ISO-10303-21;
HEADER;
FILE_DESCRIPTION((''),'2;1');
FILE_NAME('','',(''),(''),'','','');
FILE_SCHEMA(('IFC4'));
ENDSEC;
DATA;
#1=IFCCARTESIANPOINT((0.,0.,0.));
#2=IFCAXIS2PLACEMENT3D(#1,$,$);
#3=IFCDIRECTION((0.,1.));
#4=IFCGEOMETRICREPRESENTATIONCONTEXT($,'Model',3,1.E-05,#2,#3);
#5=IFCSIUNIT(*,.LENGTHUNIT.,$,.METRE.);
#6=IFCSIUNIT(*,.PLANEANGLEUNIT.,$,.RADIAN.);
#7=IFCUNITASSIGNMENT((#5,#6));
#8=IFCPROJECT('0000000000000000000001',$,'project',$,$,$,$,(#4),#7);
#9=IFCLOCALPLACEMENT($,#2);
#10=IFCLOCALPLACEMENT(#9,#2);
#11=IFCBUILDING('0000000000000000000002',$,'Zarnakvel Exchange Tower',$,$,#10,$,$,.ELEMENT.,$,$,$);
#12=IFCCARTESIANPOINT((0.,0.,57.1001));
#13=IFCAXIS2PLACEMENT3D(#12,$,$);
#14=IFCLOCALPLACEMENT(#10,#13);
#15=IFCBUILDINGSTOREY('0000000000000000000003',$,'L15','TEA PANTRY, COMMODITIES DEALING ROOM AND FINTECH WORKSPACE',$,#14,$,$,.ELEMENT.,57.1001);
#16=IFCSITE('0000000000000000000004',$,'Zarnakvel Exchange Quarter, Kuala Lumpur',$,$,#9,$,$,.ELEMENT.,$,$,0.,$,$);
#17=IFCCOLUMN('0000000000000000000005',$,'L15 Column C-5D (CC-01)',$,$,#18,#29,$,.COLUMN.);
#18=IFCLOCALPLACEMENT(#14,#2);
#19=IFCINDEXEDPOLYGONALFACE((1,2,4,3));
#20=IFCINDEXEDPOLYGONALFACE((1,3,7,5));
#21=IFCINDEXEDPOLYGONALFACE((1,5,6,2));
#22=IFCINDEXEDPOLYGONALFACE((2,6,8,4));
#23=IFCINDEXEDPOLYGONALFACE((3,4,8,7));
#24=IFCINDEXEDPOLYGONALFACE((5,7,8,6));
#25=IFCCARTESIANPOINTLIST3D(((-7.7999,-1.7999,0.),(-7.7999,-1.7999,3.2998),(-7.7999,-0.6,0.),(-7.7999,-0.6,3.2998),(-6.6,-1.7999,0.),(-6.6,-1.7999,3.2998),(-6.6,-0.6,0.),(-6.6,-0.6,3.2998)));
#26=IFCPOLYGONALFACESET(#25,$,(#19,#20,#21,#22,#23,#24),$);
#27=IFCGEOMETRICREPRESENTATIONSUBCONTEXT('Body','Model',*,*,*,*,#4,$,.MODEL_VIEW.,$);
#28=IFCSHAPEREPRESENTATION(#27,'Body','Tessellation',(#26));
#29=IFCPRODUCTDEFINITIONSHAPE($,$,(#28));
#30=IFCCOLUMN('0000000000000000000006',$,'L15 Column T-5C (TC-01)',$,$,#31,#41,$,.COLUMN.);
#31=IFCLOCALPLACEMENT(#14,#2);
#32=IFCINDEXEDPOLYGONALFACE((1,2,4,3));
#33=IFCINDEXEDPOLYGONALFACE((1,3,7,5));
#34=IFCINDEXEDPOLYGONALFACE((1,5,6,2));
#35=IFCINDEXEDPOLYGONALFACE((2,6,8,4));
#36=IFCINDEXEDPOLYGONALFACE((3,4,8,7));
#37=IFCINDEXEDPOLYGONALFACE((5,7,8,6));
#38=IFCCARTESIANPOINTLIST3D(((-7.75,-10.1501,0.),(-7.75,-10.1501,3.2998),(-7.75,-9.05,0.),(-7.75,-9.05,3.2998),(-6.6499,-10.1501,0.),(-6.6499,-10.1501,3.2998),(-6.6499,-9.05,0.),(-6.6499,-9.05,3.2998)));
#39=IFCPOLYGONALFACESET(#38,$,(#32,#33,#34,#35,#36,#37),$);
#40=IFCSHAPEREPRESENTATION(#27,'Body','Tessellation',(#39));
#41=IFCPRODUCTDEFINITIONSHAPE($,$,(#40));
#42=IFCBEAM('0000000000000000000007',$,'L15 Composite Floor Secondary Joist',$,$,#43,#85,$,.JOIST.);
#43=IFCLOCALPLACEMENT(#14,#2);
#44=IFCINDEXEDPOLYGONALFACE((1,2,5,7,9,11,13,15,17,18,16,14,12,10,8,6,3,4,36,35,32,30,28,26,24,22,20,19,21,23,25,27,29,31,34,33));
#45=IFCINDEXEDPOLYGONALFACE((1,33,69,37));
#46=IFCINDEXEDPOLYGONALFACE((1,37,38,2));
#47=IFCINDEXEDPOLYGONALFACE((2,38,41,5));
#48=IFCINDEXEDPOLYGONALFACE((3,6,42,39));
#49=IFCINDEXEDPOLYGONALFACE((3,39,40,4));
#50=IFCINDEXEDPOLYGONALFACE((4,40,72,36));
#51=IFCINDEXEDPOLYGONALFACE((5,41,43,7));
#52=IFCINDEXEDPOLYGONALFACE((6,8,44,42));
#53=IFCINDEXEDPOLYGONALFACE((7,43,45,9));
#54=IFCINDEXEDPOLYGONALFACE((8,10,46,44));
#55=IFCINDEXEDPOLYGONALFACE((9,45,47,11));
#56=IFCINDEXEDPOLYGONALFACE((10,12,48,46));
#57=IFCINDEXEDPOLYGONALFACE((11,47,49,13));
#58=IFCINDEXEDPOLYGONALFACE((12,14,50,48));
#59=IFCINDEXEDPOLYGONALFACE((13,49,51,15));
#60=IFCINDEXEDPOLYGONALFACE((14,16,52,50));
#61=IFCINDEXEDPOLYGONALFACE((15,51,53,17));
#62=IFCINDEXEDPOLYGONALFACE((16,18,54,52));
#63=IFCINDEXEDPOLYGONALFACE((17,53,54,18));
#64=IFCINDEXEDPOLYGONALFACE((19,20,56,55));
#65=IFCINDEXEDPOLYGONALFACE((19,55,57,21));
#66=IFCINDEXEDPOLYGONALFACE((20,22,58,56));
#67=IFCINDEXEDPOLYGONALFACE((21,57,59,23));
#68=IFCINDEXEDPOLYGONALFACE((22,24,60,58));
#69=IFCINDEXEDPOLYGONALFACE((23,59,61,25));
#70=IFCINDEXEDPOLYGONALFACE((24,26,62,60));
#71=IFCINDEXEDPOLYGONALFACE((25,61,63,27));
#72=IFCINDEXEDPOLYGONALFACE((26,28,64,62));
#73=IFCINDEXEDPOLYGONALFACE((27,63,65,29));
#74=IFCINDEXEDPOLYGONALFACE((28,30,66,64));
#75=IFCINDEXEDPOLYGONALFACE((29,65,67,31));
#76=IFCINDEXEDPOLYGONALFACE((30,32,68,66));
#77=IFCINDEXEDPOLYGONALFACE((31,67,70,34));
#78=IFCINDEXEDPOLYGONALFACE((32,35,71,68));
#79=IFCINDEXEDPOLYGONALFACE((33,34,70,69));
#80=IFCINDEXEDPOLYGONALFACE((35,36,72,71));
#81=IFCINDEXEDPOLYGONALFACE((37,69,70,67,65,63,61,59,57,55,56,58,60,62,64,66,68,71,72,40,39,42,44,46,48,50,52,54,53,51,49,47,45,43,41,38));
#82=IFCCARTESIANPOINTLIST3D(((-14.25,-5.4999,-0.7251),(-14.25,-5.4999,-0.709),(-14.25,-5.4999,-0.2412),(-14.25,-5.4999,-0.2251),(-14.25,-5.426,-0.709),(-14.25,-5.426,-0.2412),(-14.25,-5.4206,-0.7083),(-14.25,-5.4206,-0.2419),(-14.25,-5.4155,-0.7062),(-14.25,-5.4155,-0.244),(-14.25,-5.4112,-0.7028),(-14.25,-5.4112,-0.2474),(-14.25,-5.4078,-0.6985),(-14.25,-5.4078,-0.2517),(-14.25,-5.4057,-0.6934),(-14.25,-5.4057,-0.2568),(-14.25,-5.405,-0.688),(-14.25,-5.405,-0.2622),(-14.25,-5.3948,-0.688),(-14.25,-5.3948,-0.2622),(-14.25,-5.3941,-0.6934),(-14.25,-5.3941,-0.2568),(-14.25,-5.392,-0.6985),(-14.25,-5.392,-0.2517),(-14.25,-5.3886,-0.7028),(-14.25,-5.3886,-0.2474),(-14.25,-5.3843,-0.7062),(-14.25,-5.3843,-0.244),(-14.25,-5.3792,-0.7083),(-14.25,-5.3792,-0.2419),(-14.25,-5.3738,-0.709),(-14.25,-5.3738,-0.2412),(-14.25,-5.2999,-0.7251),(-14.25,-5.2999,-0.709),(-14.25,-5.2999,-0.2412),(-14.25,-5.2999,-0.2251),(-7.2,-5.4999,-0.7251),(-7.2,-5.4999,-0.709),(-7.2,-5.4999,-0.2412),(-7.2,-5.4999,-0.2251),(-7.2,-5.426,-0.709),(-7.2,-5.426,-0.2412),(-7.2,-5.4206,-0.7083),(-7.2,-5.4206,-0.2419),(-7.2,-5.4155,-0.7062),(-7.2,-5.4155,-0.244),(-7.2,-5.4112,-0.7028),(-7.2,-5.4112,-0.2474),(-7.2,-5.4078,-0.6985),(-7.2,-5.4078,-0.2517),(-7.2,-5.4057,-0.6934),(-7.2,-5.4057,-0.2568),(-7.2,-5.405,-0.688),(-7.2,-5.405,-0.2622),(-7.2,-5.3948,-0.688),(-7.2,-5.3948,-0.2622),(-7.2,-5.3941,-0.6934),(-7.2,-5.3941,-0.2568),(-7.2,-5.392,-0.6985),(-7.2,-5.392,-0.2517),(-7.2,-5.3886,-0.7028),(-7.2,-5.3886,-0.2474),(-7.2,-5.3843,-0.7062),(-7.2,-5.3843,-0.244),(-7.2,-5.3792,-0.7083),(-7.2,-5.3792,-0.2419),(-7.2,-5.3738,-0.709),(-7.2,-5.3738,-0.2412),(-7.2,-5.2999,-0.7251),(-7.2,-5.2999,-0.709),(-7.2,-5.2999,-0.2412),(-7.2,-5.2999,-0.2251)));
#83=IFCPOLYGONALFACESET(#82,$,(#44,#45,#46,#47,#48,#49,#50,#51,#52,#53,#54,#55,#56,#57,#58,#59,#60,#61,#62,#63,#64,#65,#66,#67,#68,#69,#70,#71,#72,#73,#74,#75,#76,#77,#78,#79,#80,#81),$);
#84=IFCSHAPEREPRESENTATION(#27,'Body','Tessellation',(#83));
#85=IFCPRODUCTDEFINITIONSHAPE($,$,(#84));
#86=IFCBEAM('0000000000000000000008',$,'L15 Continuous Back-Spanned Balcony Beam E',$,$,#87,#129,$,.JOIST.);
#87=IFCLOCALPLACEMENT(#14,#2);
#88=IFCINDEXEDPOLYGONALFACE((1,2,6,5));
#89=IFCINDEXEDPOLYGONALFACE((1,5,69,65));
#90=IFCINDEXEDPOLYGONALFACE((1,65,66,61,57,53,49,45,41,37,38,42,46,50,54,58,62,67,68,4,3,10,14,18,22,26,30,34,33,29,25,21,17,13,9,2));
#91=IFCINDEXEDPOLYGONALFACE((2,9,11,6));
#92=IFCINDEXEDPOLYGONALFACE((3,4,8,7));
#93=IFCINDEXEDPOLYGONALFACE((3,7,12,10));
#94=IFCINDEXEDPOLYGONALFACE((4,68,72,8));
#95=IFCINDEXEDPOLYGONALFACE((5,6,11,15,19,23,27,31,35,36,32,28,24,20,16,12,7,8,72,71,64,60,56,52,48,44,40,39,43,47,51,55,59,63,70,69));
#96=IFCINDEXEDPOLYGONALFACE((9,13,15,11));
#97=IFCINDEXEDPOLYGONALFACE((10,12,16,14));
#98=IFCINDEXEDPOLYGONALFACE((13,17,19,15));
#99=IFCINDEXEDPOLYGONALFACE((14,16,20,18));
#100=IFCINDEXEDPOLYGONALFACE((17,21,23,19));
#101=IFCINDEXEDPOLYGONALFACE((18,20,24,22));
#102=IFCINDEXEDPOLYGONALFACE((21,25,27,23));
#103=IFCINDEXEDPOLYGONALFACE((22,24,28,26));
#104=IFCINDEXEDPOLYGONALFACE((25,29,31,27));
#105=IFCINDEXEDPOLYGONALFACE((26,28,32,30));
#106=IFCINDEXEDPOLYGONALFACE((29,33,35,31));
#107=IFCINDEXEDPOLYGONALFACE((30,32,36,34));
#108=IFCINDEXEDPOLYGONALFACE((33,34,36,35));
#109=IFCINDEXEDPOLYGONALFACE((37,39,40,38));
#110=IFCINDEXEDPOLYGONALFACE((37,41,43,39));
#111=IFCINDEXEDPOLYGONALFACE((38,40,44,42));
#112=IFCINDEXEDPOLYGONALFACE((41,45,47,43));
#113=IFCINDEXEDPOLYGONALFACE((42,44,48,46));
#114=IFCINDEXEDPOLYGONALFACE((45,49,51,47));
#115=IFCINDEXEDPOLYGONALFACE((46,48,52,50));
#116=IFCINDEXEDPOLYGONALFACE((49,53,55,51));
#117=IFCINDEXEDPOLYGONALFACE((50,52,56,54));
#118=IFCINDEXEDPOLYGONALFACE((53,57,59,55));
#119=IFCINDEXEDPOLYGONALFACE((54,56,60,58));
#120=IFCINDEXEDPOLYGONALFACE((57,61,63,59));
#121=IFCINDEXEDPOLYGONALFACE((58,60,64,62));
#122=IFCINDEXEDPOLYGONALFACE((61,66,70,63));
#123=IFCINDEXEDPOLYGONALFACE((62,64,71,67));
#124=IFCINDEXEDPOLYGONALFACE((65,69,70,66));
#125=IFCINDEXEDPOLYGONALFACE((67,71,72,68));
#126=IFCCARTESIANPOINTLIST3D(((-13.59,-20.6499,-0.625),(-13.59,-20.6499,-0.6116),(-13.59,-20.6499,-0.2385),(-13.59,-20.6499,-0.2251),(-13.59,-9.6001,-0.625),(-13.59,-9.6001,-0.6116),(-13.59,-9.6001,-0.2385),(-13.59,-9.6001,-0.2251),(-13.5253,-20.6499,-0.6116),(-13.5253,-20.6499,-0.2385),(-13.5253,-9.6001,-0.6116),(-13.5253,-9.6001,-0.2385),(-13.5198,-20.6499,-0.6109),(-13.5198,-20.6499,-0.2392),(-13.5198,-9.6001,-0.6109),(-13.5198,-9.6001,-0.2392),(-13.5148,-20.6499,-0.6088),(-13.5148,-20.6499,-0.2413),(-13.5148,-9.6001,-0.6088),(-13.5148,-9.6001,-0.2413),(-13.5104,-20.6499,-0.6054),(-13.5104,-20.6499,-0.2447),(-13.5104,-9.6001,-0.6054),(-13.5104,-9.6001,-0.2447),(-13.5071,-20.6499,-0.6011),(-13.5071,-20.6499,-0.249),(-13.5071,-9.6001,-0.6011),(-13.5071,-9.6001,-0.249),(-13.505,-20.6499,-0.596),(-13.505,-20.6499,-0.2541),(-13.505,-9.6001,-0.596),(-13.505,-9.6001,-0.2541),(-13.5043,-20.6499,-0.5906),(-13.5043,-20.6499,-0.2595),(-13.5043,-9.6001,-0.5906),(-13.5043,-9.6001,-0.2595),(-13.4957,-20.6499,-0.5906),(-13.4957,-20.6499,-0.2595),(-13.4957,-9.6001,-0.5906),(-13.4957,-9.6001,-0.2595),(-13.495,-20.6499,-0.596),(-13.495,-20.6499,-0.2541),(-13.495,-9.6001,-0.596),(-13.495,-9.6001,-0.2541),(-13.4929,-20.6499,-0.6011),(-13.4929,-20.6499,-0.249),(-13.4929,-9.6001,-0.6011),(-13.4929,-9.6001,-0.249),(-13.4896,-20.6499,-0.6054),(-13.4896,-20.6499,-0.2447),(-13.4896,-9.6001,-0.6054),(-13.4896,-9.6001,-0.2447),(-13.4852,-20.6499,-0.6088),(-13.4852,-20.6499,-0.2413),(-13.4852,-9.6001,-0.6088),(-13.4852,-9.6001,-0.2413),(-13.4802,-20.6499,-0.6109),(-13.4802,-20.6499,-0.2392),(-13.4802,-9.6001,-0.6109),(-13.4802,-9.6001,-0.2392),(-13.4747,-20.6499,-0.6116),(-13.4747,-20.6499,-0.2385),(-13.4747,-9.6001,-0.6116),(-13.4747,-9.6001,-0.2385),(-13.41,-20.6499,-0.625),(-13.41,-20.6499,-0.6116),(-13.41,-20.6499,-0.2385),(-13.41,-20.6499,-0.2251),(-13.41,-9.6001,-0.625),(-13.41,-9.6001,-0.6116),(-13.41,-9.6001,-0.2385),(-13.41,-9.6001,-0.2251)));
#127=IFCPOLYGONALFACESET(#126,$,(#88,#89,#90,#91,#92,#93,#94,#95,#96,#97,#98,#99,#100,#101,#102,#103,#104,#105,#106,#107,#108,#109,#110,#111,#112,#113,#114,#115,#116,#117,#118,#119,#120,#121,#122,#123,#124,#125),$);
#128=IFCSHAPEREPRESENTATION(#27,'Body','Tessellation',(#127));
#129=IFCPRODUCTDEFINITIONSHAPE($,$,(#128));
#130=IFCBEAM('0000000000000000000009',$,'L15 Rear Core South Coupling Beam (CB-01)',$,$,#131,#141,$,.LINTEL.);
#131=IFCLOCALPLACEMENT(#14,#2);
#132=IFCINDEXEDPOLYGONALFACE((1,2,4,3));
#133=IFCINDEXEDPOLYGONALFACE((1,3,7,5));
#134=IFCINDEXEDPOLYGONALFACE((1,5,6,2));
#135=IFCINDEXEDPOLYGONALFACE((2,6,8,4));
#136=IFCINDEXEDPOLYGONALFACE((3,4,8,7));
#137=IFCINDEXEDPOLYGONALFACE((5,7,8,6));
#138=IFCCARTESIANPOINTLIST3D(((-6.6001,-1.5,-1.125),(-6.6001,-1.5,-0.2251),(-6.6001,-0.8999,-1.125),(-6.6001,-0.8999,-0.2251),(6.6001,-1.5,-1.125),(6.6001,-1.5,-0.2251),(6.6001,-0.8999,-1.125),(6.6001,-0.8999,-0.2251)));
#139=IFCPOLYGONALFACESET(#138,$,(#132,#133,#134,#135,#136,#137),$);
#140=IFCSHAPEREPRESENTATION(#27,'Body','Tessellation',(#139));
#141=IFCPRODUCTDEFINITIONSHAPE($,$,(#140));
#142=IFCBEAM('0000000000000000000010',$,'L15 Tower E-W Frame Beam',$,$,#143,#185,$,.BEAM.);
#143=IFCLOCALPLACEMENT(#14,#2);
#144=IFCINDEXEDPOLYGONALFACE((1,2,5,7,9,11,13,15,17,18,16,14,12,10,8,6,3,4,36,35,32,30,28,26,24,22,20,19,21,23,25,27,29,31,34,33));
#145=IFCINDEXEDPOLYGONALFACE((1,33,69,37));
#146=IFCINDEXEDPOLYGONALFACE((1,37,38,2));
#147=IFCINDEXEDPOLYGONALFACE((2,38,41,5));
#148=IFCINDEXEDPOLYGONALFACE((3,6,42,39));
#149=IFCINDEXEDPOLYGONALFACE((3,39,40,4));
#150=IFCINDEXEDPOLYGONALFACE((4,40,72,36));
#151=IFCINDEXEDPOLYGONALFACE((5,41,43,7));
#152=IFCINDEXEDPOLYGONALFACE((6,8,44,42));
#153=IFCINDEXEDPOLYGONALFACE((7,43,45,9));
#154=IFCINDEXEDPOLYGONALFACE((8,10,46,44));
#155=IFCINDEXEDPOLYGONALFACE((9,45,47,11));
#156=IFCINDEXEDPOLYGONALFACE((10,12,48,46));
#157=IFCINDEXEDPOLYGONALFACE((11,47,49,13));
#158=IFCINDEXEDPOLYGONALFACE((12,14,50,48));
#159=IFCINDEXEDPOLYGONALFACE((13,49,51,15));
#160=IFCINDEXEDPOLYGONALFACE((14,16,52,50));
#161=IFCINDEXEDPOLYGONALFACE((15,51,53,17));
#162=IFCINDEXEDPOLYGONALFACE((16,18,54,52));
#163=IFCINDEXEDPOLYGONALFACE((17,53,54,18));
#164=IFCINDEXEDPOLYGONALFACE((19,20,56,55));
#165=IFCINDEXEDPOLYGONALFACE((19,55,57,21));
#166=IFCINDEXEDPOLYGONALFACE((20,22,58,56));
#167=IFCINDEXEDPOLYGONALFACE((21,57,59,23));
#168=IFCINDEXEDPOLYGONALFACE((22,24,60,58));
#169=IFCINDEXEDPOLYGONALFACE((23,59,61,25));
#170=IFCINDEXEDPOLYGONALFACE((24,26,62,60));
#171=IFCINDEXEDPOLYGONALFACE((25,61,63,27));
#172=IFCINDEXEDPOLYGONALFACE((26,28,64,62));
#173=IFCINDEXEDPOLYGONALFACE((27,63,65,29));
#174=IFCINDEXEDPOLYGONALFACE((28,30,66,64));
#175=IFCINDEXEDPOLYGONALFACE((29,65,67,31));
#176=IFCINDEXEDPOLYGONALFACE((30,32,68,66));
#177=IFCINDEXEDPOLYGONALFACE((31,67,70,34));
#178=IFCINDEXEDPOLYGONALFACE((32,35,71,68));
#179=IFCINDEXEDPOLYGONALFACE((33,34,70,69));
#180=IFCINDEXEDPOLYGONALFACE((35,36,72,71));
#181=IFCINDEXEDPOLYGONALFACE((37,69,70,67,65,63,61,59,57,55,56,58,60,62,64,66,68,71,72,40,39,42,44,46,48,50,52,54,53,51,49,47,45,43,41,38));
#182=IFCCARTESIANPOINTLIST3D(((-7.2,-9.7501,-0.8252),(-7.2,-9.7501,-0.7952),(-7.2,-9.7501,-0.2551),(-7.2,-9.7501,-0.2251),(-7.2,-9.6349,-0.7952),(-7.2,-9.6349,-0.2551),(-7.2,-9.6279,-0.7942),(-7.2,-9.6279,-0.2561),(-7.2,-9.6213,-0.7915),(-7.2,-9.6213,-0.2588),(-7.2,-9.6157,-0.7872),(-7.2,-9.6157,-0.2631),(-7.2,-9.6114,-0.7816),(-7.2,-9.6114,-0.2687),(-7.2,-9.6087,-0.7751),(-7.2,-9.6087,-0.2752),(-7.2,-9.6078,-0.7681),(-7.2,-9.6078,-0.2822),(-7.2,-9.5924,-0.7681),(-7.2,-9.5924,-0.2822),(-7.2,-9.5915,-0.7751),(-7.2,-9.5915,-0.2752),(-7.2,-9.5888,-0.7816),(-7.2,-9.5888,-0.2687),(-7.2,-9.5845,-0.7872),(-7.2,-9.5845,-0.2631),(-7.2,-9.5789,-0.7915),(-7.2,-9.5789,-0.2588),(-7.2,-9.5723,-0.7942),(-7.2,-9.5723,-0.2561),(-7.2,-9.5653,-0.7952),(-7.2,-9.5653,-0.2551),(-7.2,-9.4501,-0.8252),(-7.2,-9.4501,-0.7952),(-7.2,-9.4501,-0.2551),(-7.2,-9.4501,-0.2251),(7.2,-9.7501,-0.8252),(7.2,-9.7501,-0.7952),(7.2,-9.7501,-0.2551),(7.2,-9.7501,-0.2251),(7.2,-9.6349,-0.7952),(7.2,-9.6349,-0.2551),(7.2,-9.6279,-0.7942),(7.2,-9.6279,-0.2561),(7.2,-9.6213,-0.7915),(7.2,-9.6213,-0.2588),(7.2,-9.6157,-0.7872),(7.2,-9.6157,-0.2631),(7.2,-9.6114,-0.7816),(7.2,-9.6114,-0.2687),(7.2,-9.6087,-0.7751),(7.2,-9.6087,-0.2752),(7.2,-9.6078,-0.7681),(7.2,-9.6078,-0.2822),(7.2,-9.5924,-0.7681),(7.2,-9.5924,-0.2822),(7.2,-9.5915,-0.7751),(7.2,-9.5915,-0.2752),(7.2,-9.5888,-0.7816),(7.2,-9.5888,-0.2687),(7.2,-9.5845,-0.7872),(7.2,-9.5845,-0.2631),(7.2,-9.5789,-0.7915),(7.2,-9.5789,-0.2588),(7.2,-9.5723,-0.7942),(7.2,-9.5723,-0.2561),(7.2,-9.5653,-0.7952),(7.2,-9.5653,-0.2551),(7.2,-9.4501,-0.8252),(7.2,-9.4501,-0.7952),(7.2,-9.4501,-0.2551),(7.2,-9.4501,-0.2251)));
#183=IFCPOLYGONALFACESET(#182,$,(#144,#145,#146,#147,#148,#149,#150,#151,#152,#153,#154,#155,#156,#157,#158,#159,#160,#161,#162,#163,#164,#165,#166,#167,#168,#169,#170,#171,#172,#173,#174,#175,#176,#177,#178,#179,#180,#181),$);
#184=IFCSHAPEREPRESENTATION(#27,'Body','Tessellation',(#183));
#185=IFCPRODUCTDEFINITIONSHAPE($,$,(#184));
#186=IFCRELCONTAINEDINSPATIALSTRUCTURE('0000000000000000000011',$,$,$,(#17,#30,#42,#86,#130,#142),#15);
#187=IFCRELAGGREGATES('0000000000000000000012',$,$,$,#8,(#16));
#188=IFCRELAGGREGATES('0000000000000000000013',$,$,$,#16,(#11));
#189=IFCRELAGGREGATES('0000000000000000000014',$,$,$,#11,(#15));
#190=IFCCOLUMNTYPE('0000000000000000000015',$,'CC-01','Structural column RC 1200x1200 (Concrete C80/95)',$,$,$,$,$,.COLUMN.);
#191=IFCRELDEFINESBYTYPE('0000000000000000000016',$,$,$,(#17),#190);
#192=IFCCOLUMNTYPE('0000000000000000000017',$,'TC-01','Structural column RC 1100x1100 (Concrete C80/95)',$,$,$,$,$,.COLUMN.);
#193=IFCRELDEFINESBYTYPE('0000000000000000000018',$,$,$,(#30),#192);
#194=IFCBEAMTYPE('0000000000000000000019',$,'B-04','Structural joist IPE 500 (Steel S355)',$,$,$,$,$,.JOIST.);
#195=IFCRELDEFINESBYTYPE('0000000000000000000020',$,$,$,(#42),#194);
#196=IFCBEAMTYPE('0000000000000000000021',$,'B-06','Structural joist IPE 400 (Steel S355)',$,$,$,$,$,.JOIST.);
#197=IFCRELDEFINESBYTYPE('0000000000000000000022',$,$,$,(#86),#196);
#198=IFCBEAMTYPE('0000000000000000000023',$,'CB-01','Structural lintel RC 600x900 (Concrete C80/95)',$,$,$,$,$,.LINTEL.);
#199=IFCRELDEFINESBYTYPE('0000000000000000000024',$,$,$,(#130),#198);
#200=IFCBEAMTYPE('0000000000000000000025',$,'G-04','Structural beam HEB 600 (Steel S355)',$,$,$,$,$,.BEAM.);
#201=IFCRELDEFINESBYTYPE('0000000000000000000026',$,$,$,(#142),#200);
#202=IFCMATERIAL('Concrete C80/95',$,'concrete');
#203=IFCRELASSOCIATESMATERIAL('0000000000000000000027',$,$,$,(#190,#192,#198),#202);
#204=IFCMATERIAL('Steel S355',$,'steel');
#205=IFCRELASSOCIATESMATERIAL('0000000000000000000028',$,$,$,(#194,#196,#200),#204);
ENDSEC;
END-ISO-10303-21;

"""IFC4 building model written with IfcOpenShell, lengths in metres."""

from ifc_helpers import new_model, si_unit, direction, frame, origin, origin_2d, place, context, subcontext, project, spatial, rectangle, i_section, extrude, material, material_profile, profile_set, type_object, element, save


model = new_model("IFC4")

# Units and contexts
model_context = context("Model", 3, precision=1e-05, world=origin(), true_north=direction((0.0, 1.0)))
body_context = subcontext(model_context, "Body", "Model", "MODEL_VIEW")
ifc_project = project(units=[si_unit("LENGTHUNIT", "METRE"), si_unit("PLANEANGLEUNIT", "RADIAN")], contexts=[model_context])

# Site, building, storey
site_placement = place(None, origin())
site = spatial("IfcSite", under=ifc_project, at=site_placement, Name="Zarnakvel Exchange Quarter, Kuala Lumpur", CompositionType="ELEMENT", RefElevation=0.0)
building_placement = place(site_placement, origin())
building = spatial("IfcBuilding", under=site, at=building_placement, Name="Zarnakvel Exchange Tower", CompositionType="ELEMENT")
storey_placement = place(building_placement, frame((0.0, 0.0, 57.1001)))
storey = spatial("IfcBuildingStorey", under=building, at=storey_placement, Name="L15", Description="TEA PANTRY, COMMODITIES DEALING ROOM AND FINTECH WORKSPACE", CompositionType="ELEMENT", Elevation=57.1001)

# Columns
ifc_material_1 = material(Name="Concrete C80/95", Category="concrete")
ifc_material_profile_1 = material_profile(ifc_material_1, rectangle(XDim=1.2, YDim=1.2, at=origin_2d()))
ifc_profile_set_1 = profile_set([ifc_material_profile_1], Name="Concrete C80/95")
column_type_1 = type_object("IfcColumnType", Name="CC-01", Description="Structural column RC 1200x1200 (Concrete C80/95)", PredefinedType="COLUMN", material=ifc_profile_set_1)
column_1_placement = place(storey_placement, frame((-7.2, -1.2, 0.0), z_axis=(0.0, 0.0, 1.0), x_axis=(1.0, 0.0, 0.0)))
element("IfcColumn", 1, at=column_1_placement, inside=storey, type_object=column_type_1, Name="L15 Column C-5D (CC-01)", PredefinedType="COLUMN", context=body_context, shape_type="SweptSolid", body=[
    extrude(rectangle(XDim=1.2, YDim=1.2, at=origin_2d()), origin(), (0.0, 0.0, 1.0), 3.2998),
])
ifc_material_profile_2 = material_profile(ifc_material_1, rectangle(XDim=1.1001, YDim=1.1001, at=origin_2d()))
ifc_profile_set_2 = profile_set([ifc_material_profile_2], Name="Concrete C80/95")
column_type_2 = type_object("IfcColumnType", Name="TC-01", Description="Structural column RC 1100x1100 (Concrete C80/95)", PredefinedType="COLUMN", material=ifc_profile_set_2)
column_2_placement = place(storey_placement, frame((-7.2, -9.6001, 0.0), z_axis=(0.0, 0.0, 1.0), x_axis=(1.0, 0.0, 0.0)))
element("IfcColumn", 2, at=column_2_placement, inside=storey, type_object=column_type_2, Name="L15 Column T-5C (TC-01)", PredefinedType="COLUMN", context=body_context, shape_type="SweptSolid", body=[
    extrude(rectangle(XDim=1.1001, YDim=1.1001, at=origin_2d()), origin(), (0.0, 0.0, 1.0), 3.2998),
])

# Beams
ifc_material_2 = material(Name="Steel S355", Category="steel")
ifc_material_profile_3 = material_profile(ifc_material_2, i_section(OverallWidth=0.2, OverallDepth=0.5, WebThickness=0.0103, FlangeThickness=0.0161, FilletRadius=0.021, at=origin_2d()))
ifc_profile_set_3 = profile_set([ifc_material_profile_3], Name="Steel S355")
beam_type_1 = type_object("IfcBeamType", Name="B-04", Description="Structural joist IPE 500 (Steel S355)", PredefinedType="JOIST", material=ifc_profile_set_3)
beam_1_placement = place(storey_placement, frame((-14.25, -5.3999, -0.4751), z_axis=(1.0, 0.0, 0.0), x_axis=(0.0, 1.0, 0.0)))
element("IfcBeam", 3, at=beam_1_placement, inside=storey, type_object=beam_type_1, Name="L15 Composite Floor Secondary Joist", PredefinedType="JOIST", context=body_context, shape_type="SweptSolid", body=[
    extrude(i_section(OverallWidth=0.2, OverallDepth=0.5, WebThickness=0.0103, FlangeThickness=0.0161, FilletRadius=0.021, at=origin_2d()), origin(), (0.0, 0.0, 1.0), 7.05),
])
ifc_material_profile_4 = material_profile(ifc_material_2, i_section(OverallWidth=0.1799, OverallDepth=0.3999, WebThickness=0.0085, FlangeThickness=0.0134, FilletRadius=0.021, at=origin_2d()))
ifc_profile_set_4 = profile_set([ifc_material_profile_4], Name="Steel S355")
beam_type_2 = type_object("IfcBeamType", Name="B-06", Description="Structural joist IPE 400 (Steel S355)", PredefinedType="JOIST", material=ifc_profile_set_4)
beam_2_placement = place(storey_placement, frame((-13.5, -9.6001, -0.425), z_axis=(0.0, -1.0, 0.0), x_axis=(1.0, 0.0, 0.0)))
element("IfcBeam", 4, at=beam_2_placement, inside=storey, type_object=beam_type_2, Name="L15 Continuous Back-Spanned Balcony Beam E", PredefinedType="JOIST", context=body_context, shape_type="SweptSolid", body=[
    extrude(i_section(OverallWidth=0.1799, OverallDepth=0.3999, WebThickness=0.0085, FlangeThickness=0.0134, FilletRadius=0.021, at=origin_2d()), origin(), (0.0, 0.0, 1.0), 11.0498),
])
ifc_material_profile_5 = material_profile(ifc_material_1, rectangle(XDim=0.6001, YDim=0.8999, at=origin_2d()))
ifc_profile_set_5 = profile_set([ifc_material_profile_5], Name="Concrete C80/95")
beam_type_3 = type_object("IfcBeamType", Name="CB-01", Description="Structural lintel RC 600x900 (Concrete C80/95)", PredefinedType="LINTEL", material=ifc_profile_set_5)
beam_3_placement = place(storey_placement, frame((-6.6001, -1.2, -0.675), z_axis=(1.0, 0.0, 0.0), x_axis=(0.0, 1.0, 0.0)))
element("IfcBeam", 5, at=beam_3_placement, inside=storey, type_object=beam_type_3, Name="L15 Rear Core South Coupling Beam (CB-01)", PredefinedType="LINTEL", context=body_context, shape_type="SweptSolid", body=[
    extrude(rectangle(XDim=0.6001, YDim=0.8999, at=origin_2d()), origin(), (0.0, 0.0, 1.0), 13.2002),
])
ifc_material_profile_6 = material_profile(ifc_material_2, i_section(OverallWidth=0.3, OverallDepth=0.6001, WebThickness=0.0154, FlangeThickness=0.03, FilletRadius=0.0271, at=origin_2d()))
ifc_profile_set_6 = profile_set([ifc_material_profile_6], Name="Steel S355")
beam_type_4 = type_object("IfcBeamType", Name="G-04", Description="Structural beam HEB 600 (Steel S355)", PredefinedType="BEAM", material=ifc_profile_set_6)
beam_4_placement = place(storey_placement, frame((-7.2, -9.6001, -0.5251), z_axis=(1.0, 0.0, 0.0), x_axis=(0.0, 1.0, 0.0)))
element("IfcBeam", 6, at=beam_4_placement, inside=storey, type_object=beam_type_4, Name="L15 Tower E-W Frame Beam", PredefinedType="BEAM", context=body_context, shape_type="SweptSolid", body=[
    extrude(i_section(OverallWidth=0.3, OverallDepth=0.6001, WebThickness=0.0154, FlangeThickness=0.03, FilletRadius=0.0271, at=origin_2d()), origin(), (0.0, 0.0, 1.0), 14.3999),
])

save(model, "model.ifc")
